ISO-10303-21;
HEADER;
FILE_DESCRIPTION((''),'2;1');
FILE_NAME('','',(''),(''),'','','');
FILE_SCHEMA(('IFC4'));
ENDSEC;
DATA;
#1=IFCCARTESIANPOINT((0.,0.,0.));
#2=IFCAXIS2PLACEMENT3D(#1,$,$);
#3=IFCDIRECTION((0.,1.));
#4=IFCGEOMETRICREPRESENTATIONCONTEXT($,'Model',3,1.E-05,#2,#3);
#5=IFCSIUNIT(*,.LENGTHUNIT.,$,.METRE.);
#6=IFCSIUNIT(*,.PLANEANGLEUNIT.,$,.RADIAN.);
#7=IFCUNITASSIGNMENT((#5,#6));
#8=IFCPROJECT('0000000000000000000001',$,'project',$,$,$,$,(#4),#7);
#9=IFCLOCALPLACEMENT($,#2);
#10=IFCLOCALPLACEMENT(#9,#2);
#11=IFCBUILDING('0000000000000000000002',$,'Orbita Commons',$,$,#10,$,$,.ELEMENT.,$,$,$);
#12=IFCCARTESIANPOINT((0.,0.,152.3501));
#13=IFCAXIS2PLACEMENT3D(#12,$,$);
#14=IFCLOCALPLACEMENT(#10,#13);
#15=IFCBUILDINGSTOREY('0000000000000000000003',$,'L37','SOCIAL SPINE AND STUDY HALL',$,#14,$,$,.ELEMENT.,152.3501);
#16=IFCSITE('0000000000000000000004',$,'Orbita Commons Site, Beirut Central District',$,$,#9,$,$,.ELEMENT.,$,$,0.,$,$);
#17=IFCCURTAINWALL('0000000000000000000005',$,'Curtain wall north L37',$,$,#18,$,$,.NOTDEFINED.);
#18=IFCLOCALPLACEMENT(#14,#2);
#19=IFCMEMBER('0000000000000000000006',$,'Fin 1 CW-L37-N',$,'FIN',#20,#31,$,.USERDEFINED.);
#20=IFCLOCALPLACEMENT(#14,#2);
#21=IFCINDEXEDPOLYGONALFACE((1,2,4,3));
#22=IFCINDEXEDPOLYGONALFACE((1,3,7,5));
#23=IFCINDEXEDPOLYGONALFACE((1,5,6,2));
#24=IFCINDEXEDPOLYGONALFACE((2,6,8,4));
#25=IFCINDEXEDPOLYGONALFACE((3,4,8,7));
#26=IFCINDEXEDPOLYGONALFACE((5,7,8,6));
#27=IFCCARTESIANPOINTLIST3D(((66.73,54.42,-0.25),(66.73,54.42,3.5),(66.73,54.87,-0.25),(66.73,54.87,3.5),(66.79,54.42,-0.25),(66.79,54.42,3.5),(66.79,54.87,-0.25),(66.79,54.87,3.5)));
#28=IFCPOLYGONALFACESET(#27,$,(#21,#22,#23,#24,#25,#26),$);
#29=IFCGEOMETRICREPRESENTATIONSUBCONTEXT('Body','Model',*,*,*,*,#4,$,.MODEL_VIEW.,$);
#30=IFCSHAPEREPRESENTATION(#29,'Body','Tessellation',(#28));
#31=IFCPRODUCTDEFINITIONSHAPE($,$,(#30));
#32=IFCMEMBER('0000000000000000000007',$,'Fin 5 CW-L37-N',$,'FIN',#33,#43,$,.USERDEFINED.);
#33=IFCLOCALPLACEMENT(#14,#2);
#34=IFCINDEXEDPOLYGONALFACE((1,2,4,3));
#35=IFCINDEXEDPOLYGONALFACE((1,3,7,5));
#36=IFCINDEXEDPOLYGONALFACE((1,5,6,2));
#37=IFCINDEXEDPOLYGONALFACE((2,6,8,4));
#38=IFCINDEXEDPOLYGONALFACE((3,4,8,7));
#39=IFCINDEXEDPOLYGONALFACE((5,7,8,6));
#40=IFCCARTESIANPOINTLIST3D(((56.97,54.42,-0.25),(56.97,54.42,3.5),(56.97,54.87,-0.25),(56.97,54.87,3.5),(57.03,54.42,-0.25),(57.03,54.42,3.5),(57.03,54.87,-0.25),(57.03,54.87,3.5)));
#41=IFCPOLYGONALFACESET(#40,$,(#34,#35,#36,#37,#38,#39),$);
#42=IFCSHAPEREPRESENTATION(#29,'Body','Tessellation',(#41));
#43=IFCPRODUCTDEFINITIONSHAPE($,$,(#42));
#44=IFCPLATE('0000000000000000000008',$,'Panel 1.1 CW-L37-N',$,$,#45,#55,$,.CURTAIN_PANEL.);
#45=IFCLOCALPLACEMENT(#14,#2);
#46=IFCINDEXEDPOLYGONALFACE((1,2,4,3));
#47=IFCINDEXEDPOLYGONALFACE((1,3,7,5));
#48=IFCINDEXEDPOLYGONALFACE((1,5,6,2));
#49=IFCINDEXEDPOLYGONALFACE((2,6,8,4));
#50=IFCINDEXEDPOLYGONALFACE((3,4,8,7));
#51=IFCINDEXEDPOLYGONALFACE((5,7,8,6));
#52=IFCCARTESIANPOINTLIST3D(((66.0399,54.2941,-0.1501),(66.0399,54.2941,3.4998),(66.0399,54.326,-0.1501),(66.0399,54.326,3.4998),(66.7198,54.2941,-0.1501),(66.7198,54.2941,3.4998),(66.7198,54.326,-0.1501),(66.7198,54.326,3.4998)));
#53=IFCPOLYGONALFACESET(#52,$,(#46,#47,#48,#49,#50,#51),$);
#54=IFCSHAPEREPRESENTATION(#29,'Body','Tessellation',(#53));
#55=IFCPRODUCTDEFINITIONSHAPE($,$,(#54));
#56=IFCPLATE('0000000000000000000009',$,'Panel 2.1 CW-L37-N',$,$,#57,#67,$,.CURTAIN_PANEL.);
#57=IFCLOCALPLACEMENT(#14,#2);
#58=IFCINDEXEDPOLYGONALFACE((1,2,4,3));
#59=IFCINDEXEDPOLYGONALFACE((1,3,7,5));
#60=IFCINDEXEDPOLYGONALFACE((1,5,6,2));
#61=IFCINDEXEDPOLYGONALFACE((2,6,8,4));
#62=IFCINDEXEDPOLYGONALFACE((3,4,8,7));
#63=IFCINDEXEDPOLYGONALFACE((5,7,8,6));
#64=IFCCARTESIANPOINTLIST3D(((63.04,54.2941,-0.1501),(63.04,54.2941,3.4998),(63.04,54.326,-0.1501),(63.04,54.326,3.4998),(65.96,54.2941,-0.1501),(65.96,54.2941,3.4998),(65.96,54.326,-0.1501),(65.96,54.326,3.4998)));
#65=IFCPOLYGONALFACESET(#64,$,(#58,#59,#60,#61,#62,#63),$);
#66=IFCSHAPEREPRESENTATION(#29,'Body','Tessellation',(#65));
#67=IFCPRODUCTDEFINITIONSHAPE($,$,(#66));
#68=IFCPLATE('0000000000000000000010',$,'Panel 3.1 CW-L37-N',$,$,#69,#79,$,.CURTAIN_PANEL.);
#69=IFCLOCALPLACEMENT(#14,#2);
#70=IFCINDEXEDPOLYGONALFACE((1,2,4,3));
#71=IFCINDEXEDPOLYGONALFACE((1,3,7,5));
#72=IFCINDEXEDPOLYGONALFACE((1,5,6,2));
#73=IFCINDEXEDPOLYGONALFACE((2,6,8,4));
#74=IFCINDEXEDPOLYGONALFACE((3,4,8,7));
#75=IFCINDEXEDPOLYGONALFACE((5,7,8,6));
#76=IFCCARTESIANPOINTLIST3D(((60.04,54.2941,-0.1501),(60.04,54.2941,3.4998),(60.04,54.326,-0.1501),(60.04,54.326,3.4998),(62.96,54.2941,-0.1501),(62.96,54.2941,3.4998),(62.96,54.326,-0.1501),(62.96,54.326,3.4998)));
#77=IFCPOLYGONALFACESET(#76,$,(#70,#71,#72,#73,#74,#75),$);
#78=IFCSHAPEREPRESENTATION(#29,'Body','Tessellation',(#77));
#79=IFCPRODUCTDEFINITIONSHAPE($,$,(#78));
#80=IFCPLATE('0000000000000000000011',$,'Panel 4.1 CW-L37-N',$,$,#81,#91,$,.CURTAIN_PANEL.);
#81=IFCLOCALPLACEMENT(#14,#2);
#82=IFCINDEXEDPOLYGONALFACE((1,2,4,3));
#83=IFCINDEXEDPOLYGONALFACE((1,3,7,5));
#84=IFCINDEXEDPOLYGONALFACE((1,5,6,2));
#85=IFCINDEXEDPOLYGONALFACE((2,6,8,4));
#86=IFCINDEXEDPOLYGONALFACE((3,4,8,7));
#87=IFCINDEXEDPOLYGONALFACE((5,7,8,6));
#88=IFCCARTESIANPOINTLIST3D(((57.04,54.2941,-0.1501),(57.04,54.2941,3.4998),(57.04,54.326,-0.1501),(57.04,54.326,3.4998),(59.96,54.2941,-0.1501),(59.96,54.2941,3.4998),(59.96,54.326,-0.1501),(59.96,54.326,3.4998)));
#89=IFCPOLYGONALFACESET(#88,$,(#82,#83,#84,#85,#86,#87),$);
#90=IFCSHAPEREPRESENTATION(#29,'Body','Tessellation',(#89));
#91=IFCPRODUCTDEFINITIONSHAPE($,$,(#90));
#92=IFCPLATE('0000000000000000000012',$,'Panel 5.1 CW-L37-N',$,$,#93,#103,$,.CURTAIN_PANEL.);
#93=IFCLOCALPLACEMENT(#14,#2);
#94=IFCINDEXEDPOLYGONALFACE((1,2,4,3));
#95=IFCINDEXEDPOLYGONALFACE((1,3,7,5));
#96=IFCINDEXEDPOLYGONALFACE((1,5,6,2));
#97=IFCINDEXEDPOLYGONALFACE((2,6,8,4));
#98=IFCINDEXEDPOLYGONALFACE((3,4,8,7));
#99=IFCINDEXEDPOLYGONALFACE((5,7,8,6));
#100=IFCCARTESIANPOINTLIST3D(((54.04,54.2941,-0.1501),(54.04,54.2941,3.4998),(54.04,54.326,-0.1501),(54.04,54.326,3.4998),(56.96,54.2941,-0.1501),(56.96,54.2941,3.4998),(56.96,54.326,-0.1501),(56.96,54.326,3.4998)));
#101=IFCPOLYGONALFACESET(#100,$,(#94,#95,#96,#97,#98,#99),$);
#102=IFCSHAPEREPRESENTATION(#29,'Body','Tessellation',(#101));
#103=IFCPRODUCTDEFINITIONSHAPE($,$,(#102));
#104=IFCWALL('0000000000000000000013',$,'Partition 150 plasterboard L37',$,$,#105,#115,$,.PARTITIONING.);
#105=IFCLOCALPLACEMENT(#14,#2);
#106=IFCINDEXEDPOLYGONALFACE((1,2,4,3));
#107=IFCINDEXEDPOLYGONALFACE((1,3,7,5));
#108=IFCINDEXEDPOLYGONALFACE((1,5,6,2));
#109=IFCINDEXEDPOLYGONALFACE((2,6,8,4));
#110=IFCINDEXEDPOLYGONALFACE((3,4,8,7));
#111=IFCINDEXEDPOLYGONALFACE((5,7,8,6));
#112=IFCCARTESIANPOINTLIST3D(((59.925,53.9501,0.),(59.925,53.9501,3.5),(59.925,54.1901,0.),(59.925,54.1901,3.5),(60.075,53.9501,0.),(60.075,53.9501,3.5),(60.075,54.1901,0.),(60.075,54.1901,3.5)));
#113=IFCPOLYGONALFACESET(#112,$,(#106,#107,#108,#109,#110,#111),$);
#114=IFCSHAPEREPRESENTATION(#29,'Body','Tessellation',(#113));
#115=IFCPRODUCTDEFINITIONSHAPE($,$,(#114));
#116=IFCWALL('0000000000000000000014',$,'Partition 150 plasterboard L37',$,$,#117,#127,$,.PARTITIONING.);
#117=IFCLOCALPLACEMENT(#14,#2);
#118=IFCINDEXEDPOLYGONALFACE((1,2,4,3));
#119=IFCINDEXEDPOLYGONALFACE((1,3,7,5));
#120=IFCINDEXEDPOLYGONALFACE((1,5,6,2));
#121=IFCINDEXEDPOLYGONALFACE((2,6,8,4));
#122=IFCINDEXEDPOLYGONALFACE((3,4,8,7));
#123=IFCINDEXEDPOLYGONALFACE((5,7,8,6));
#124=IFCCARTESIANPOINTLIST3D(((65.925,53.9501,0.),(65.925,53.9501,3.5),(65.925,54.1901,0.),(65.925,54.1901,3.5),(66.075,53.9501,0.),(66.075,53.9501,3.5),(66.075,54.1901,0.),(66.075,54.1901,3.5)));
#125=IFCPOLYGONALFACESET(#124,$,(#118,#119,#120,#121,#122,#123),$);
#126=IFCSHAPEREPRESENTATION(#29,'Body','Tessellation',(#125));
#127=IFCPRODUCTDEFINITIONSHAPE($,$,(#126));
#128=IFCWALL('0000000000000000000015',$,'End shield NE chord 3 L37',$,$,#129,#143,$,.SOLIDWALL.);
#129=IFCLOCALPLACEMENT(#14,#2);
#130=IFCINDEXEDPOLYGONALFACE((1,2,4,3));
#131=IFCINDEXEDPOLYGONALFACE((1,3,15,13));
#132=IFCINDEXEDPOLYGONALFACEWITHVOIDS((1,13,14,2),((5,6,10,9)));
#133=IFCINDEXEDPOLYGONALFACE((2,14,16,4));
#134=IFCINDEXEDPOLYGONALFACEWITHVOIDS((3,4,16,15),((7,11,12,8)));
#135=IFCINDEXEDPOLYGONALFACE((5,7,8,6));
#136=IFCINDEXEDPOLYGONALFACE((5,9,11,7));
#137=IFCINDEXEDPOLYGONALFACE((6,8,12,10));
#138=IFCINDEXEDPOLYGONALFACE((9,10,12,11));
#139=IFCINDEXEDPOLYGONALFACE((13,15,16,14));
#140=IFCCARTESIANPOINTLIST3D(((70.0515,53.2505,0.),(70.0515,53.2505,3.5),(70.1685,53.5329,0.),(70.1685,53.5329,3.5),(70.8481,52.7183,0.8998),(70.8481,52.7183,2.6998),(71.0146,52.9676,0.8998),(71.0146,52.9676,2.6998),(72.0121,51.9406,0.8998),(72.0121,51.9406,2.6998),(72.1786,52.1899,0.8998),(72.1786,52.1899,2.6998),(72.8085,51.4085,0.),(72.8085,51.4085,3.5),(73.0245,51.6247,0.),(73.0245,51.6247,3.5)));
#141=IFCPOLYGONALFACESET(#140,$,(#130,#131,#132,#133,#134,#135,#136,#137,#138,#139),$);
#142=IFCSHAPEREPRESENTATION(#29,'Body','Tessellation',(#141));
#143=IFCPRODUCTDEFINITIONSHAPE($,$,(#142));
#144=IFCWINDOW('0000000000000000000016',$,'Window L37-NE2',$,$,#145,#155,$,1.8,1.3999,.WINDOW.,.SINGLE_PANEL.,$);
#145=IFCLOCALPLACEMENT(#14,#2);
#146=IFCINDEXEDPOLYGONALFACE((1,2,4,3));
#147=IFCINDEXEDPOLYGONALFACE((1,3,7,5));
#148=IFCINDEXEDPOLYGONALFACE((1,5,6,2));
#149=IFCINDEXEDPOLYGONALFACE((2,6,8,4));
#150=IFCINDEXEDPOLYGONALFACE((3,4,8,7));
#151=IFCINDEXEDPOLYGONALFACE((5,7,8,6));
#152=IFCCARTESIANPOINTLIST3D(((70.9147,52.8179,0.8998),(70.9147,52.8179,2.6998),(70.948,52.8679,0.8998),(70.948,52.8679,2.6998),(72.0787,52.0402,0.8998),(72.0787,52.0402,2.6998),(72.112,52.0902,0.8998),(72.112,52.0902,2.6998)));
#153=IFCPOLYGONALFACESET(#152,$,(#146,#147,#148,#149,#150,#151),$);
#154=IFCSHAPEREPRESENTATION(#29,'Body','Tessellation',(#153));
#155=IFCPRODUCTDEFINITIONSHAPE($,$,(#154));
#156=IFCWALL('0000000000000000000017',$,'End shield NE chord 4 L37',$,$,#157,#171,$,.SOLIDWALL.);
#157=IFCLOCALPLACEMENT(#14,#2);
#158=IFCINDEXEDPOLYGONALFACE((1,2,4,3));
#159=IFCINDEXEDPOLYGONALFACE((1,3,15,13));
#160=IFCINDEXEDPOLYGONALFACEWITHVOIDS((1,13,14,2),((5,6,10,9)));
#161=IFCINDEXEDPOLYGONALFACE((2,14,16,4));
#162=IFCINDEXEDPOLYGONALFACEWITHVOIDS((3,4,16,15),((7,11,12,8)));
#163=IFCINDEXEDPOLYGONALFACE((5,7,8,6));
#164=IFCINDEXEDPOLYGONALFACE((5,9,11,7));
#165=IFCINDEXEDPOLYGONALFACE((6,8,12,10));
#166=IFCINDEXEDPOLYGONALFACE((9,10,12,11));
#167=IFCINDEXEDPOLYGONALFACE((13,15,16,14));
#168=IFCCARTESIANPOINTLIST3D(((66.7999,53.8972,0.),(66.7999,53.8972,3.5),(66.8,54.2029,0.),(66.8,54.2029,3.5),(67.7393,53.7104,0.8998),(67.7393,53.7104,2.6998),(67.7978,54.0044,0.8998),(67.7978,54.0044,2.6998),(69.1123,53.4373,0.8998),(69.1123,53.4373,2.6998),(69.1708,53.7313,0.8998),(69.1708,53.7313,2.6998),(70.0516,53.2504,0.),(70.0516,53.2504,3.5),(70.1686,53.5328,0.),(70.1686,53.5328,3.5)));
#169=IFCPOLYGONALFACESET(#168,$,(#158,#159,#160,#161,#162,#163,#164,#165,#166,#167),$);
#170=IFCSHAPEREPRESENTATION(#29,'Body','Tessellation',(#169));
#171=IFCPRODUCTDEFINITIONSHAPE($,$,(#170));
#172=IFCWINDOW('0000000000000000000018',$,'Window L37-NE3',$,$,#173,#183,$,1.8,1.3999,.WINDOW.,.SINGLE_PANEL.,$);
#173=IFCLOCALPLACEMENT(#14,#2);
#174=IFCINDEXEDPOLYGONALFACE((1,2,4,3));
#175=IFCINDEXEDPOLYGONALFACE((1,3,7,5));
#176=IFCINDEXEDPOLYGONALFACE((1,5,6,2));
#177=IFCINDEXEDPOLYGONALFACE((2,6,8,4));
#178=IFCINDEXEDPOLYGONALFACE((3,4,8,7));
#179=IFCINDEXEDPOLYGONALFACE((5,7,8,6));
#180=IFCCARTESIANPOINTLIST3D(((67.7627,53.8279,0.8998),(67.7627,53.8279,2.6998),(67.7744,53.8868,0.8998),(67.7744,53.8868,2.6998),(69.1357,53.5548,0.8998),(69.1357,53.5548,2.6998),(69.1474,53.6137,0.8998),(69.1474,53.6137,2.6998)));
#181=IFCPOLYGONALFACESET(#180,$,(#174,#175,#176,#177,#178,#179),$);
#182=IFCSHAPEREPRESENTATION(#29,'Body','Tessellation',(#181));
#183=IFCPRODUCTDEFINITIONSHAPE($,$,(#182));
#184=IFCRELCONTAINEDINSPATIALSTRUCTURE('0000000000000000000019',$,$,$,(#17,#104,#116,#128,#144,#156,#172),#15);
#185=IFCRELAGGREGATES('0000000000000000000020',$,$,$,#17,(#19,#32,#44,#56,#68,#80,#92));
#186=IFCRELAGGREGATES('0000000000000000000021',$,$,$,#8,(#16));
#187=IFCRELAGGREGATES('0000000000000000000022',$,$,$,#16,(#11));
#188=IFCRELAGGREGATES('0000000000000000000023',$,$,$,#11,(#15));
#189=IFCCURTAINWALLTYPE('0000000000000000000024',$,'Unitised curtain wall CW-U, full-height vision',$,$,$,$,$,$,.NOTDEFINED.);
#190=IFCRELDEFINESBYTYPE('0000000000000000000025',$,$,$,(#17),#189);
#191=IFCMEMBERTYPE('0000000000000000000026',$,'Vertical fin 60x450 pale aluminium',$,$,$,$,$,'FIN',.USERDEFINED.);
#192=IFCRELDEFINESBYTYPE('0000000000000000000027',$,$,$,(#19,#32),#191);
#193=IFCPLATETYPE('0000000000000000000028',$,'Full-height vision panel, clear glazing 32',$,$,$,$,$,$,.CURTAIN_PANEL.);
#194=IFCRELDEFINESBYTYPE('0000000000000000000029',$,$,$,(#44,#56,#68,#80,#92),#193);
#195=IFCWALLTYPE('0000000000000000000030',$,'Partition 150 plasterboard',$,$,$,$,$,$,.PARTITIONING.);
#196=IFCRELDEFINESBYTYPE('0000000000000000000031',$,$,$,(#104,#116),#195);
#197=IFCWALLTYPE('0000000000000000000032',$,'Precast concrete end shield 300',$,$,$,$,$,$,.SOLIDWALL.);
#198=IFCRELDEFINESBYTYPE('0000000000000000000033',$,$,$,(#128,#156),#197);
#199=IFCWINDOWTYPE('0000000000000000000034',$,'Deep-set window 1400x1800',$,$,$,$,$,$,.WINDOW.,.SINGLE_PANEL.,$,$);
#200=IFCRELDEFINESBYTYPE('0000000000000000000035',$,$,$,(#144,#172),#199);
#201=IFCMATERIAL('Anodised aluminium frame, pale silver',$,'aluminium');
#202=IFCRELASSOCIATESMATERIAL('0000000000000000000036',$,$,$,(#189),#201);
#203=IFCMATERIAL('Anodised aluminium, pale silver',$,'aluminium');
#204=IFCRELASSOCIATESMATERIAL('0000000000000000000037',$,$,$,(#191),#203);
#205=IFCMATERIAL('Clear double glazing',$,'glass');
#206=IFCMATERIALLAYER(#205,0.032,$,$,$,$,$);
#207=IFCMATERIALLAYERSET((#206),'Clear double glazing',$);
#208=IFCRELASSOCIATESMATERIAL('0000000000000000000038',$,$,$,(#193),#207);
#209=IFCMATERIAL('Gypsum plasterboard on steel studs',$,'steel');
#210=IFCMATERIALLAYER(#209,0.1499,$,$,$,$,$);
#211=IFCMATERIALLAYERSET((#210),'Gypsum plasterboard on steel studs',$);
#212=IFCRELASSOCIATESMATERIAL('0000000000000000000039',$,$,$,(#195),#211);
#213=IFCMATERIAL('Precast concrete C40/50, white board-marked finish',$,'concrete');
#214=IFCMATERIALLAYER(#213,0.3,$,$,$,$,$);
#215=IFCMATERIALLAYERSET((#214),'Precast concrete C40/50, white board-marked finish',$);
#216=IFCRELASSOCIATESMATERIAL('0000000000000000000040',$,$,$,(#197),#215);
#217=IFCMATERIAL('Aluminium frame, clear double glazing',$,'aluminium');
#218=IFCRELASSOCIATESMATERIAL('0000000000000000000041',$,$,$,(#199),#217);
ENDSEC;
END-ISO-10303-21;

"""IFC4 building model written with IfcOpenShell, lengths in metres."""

from ifc_helpers import new_model, si_unit, direction, frame, frame_2d, origin, origin_2d, place, context, subcontext, project, spatial, polyline, rectangle, outline, extrude, material, layer, layer_set, material_profile, profile_set, type_object, element, fill, aggregate, save


model = new_model("IFC4")

# Units and contexts
model_context = context("Model", 3, precision=1e-05, world=origin(), true_north=direction((0.0, 1.0)))
body_context = subcontext(model_context, "Body", "Model", "MODEL_VIEW")
ifc_project = project(units=[si_unit("LENGTHUNIT", "METRE"), si_unit("PLANEANGLEUNIT", "RADIAN")], contexts=[model_context])

# Site, building, storey
site_placement = place(None, origin())
site = spatial("IfcSite", under=ifc_project, at=site_placement, Name="Orbita Commons Site, Beirut Central District", CompositionType="ELEMENT", RefElevation=0.0)
building_placement = place(site_placement, origin())
building = spatial("IfcBuilding", under=site, at=building_placement, Name="Orbita Commons", CompositionType="ELEMENT")
storey_placement = place(building_placement, frame((0.0, 0.0, 152.3501)))
storey = spatial("IfcBuildingStorey", under=building, at=storey_placement, Name="L37", Description="SOCIAL SPINE AND STUDY HALL", CompositionType="ELEMENT", Elevation=152.3501)

# Curtain wall
ifc_material_1 = material(Name="Anodised aluminium frame, pale silver", Category="aluminium")
curtain_wall_type = type_object("IfcCurtainWallType", Name="Unitised curtain wall CW-U, full-height vision", PredefinedType="NOTDEFINED", material=ifc_material_1)
curtain_wall_placement = place(storey_placement, origin())
curtain_wall = element("IfcCurtainWall", 1, at=curtain_wall_placement, inside=storey, type_object=curtain_wall_type, Name="Curtain wall north L37", PredefinedType="NOTDEFINED")

# Members
ifc_material_2 = material(Name="Anodised aluminium, pale silver", Category="aluminium")
ifc_material_profile_1 = material_profile(ifc_material_2, rectangle(XDim=0.0601, YDim=0.45, at=origin_2d()), Name="FIN 60x450")
ifc_profile_set_1 = profile_set([ifc_material_profile_1], Name="Anodised aluminium, pale silver")
member_type_1 = type_object("IfcMemberType", Name="Vertical fin 60x450 pale aluminium", ElementType="FIN", PredefinedType="USERDEFINED", material=ifc_profile_set_1)
member_1_placement = place(storey_placement, frame((66.76, 54.645, -0.25), z_axis=(0.0, 0.0, 1.0), x_axis=(-1.0, 0.0, 0.0)))
member_1 = element("IfcMember", 2, at=member_1_placement, type_object=member_type_1, Name="Fin 1 CW-L37-N", ObjectType="FIN", PredefinedType="USERDEFINED", context=body_context, shape_type="SweptSolid", body=[
    extrude(rectangle(XDim=0.0601, YDim=0.45, at=origin_2d()), origin(), (0.0, 0.0, 1.0), 3.75),
])
member_2_placement = place(storey_placement, frame((57.0, 54.645, -0.25), z_axis=(0.0, 0.0, 1.0), x_axis=(-1.0, 0.0, 0.0)))
member_2 = element("IfcMember", 3, at=member_2_placement, type_object=member_type_1, Name="Fin 5 CW-L37-N", ObjectType="FIN", PredefinedType="USERDEFINED", context=body_context, shape_type="SweptSolid", body=[
    extrude(rectangle(XDim=0.0601, YDim=0.45, at=origin_2d()), origin(), (0.0, 0.0, 1.0), 3.75),
])

# Plates
ifc_material_3 = material(Name="Clear double glazing", Category="glass")
ifc_layer_1 = layer(ifc_material_3, 0.032)
ifc_layer_set_1 = layer_set([ifc_layer_1], Name="Clear double glazing")
plate_type = type_object("IfcPlateType", Name="Full-height vision panel, clear glazing 32", PredefinedType="CURTAIN_PANEL", material=ifc_layer_set_1)
plate_1_placement = place(storey_placement, frame((66.3799, 54.3101, -0.1501), z_axis=(0.0, 0.0, 1.0), x_axis=(-1.0, 0.0, 0.0)))
plate_1 = element("IfcPlate", 4, at=plate_1_placement, type_object=plate_type, Name="Panel 1.1 CW-L37-N", PredefinedType="CURTAIN_PANEL", context=body_context, shape_type="SweptSolid", body=[
    extrude(rectangle(XDim=0.6799, YDim=0.032, at=origin_2d()), origin(), (0.0, 0.0, 1.0), 3.6499),
])
plate_2_placement = place(storey_placement, frame((64.5, 54.3101, -0.1501), z_axis=(0.0, 0.0, 1.0), x_axis=(-1.0, 0.0, 0.0)))
plate_2 = element("IfcPlate", 5, at=plate_2_placement, type_object=plate_type, Name="Panel 2.1 CW-L37-N", PredefinedType="CURTAIN_PANEL", context=body_context, shape_type="SweptSolid", body=[
    extrude(rectangle(XDim=2.9199, YDim=0.032, at=origin_2d()), origin(), (0.0, 0.0, 1.0), 3.6499),
])
plate_3_placement = place(storey_placement, frame((61.5, 54.3101, -0.1501), z_axis=(0.0, 0.0, 1.0), x_axis=(-1.0, 0.0, 0.0)))
plate_3 = element("IfcPlate", 6, at=plate_3_placement, type_object=plate_type, Name="Panel 3.1 CW-L37-N", PredefinedType="CURTAIN_PANEL", context=body_context, shape_type="SweptSolid", body=[
    extrude(rectangle(XDim=2.9199, YDim=0.032, at=origin_2d()), origin(), (0.0, 0.0, 1.0), 3.6499),
])
plate_4_placement = place(storey_placement, frame((58.5, 54.3101, -0.1501), z_axis=(0.0, 0.0, 1.0), x_axis=(-1.0, 0.0, 0.0)))
plate_4 = element("IfcPlate", 7, at=plate_4_placement, type_object=plate_type, Name="Panel 4.1 CW-L37-N", PredefinedType="CURTAIN_PANEL", context=body_context, shape_type="SweptSolid", body=[
    extrude(rectangle(XDim=2.9199, YDim=0.032, at=origin_2d()), origin(), (0.0, 0.0, 1.0), 3.6499),
])
plate_5_placement = place(storey_placement, frame((55.5, 54.3101, -0.1501), z_axis=(0.0, 0.0, 1.0), x_axis=(-1.0, 0.0, 0.0)))
plate_5 = element("IfcPlate", 8, at=plate_5_placement, type_object=plate_type, Name="Panel 5.1 CW-L37-N", PredefinedType="CURTAIN_PANEL", context=body_context, shape_type="SweptSolid", body=[
    extrude(rectangle(XDim=2.9199, YDim=0.032, at=origin_2d()), origin(), (0.0, 0.0, 1.0), 3.6499),
])
aggregate(curtain_wall, [member_1, member_2, plate_1, plate_2, plate_3, plate_4, plate_5])

# Walls
ifc_material_4 = material(Name="Gypsum plasterboard on steel studs", Category="steel")
ifc_layer_2 = layer(ifc_material_4, 0.1499)
ifc_layer_set_2 = layer_set([ifc_layer_2], Name="Gypsum plasterboard on steel studs")
wall_type_1 = type_object("IfcWallType", Name="Partition 150 plasterboard", PredefinedType="PARTITIONING", material=ifc_layer_set_2)
for number, where, z_axis, x_axis, name in (
    (9, (60.0, 53.95, 0.0), (0.0, 0.0, 1.0), (0.0, 1.0, 0.0), "Partition 150 plasterboard L37"),
    (10, (66.0, 53.95, 0.0), (0.0, 0.0, 1.0), (0.0, 1.0, 0.0), "Partition 150 plasterboard L37"),
):
    element("IfcWall", number, at=place(storey_placement, frame(where, z_axis=z_axis, x_axis=x_axis)), inside=storey, type_object=wall_type_1, Name=name, PredefinedType="PARTITIONING", context=body_context, shape_type="SweptSolid", body=[
        extrude(rectangle(XDim=0.24, YDim=0.1499, at=frame_2d((0.1201, 0.0))), origin(), (0.0, 0.0, 1.0), 3.5),
    ])

# Walls, openings, windows
ifc_material_5 = material(Name="Precast concrete C40/50, white board-marked finish", Category="concrete")
ifc_layer_3 = layer(ifc_material_5, 0.3)
ifc_layer_set_3 = layer_set([ifc_layer_3], Name="Precast concrete C40/50, white board-marked finish")
wall_type_2 = type_object("IfcWallType", Name="Precast concrete end shield 300", PredefinedType="SOLIDWALL", material=ifc_layer_set_3)
wall_1_placement = place(storey_placement, frame((72.9165, 51.5166, 0.0), z_axis=(0.0, 0.0, 1.0), x_axis=(-0.831493, 0.555535, 0.0)))
wall_1 = element("IfcWall", 11, at=wall_1_placement, inside=storey, type_object=wall_type_2, Name="End shield NE chord 3 L37", PredefinedType="SOLIDWALL", context=body_context, shape_type="SweptSolid", body=[
    extrude(outline(polyline([(-0.0298, -0.1499), (3.405, -0.1499), (3.3455, 0.1499), (0.0298, 0.1499), (-0.0298, -0.1499)])), origin(), (0.0, 0.0, 1.0), 3.5),
])
opening_1_placement = place(wall_1_placement, frame((0.9875, 0.0, 0.8999)))
opening_1 = element("IfcOpeningElement", 12, at=opening_1_placement, cuts=wall_1, PredefinedType="OPENING", context=body_context, shape_type="SweptSolid", body=[
    extrude(rectangle(XDim=1.3999, YDim=1.8, at=frame_2d((0.7, 0.8999))), frame((0.0, 0.1599, 0.0), z_axis=(0.0, -1.0, 0.0), x_axis=(1.0, 0.0, 0.0)), (0.0, 0.0, 1.0), 0.3201),
])
ifc_material_6 = material(Name="Aluminium frame, clear double glazing", Category="aluminium")
window_type = type_object("IfcWindowType", Name="Deep-set window 1400x1800", PartitioningType="SINGLE_PANEL", PredefinedType="WINDOW", material=ifc_material_6)
window_1_placement = place(opening_1_placement, origin())
window_1 = element("IfcWindow", 13, at=window_1_placement, inside=storey, type_object=window_type, Name="Window L37-NE2", OverallHeight=1.8, OverallWidth=1.3999, PartitioningType="SINGLE_PANEL", PredefinedType="WINDOW", context=body_context, shape_type="SweptSolid", body=[
    extrude(rectangle(XDim=1.3999, YDim=1.8, at=frame_2d((0.7, 0.8999))), frame((0.0, 0.03, 0.0), z_axis=(0.0, -1.0, 0.0), x_axis=(1.0, 0.0, 0.0)), (0.0, 0.0, 1.0), 0.0601),
])
fill(opening_1, window_1)
wall_2_placement = place(storey_placement, frame((70.1101, 53.3916, 0.0), z_axis=(0.0, 0.0, 1.0), x_axis=(-0.980783, 0.1951, 0.0)))
wall_2 = element("IfcWall", 14, at=wall_2_placement, inside=storey, type_object=wall_type_2, Name="End shield NE chord 4 L37", PredefinedType="SOLIDWALL", context=body_context, shape_type="SweptSolid", body=[
    extrude(outline(polyline([(-0.0298, -0.1499), (3.4048, -0.1499), (3.3452, 0.1499), (0.0298, 0.1499), (-0.0298, -0.1499)])), origin(), (0.0, 0.0, 1.0), 3.5),
])
opening_2_placement = place(wall_2_placement, frame((0.9875, 0.0, 0.8999)))
opening_2 = element("IfcOpeningElement", 15, at=opening_2_placement, cuts=wall_2, PredefinedType="OPENING", context=body_context, shape_type="SweptSolid", body=[
    extrude(rectangle(XDim=1.3999, YDim=1.8, at=frame_2d((0.7, 0.8999))), frame((0.0, 0.1599, 0.0), z_axis=(0.0, -1.0, 0.0), x_axis=(1.0, 0.0, 0.0)), (0.0, 0.0, 1.0), 0.3201),
])
window_2_placement = place(opening_2_placement, origin())
window_2 = element("IfcWindow", 16, at=window_2_placement, inside=storey, type_object=window_type, Name="Window L37-NE3", OverallHeight=1.8, OverallWidth=1.3999, PartitioningType="SINGLE_PANEL", PredefinedType="WINDOW", context=body_context, shape_type="SweptSolid", body=[
    extrude(rectangle(XDim=1.3999, YDim=1.8, at=frame_2d((0.7, 0.8999))), frame((0.0, 0.03, 0.0), z_axis=(0.0, -1.0, 0.0), x_axis=(1.0, 0.0, 0.0)), (0.0, 0.0, 1.0), 0.0601),
])
fill(opening_2, window_2)

save(model, "model.ifc")
